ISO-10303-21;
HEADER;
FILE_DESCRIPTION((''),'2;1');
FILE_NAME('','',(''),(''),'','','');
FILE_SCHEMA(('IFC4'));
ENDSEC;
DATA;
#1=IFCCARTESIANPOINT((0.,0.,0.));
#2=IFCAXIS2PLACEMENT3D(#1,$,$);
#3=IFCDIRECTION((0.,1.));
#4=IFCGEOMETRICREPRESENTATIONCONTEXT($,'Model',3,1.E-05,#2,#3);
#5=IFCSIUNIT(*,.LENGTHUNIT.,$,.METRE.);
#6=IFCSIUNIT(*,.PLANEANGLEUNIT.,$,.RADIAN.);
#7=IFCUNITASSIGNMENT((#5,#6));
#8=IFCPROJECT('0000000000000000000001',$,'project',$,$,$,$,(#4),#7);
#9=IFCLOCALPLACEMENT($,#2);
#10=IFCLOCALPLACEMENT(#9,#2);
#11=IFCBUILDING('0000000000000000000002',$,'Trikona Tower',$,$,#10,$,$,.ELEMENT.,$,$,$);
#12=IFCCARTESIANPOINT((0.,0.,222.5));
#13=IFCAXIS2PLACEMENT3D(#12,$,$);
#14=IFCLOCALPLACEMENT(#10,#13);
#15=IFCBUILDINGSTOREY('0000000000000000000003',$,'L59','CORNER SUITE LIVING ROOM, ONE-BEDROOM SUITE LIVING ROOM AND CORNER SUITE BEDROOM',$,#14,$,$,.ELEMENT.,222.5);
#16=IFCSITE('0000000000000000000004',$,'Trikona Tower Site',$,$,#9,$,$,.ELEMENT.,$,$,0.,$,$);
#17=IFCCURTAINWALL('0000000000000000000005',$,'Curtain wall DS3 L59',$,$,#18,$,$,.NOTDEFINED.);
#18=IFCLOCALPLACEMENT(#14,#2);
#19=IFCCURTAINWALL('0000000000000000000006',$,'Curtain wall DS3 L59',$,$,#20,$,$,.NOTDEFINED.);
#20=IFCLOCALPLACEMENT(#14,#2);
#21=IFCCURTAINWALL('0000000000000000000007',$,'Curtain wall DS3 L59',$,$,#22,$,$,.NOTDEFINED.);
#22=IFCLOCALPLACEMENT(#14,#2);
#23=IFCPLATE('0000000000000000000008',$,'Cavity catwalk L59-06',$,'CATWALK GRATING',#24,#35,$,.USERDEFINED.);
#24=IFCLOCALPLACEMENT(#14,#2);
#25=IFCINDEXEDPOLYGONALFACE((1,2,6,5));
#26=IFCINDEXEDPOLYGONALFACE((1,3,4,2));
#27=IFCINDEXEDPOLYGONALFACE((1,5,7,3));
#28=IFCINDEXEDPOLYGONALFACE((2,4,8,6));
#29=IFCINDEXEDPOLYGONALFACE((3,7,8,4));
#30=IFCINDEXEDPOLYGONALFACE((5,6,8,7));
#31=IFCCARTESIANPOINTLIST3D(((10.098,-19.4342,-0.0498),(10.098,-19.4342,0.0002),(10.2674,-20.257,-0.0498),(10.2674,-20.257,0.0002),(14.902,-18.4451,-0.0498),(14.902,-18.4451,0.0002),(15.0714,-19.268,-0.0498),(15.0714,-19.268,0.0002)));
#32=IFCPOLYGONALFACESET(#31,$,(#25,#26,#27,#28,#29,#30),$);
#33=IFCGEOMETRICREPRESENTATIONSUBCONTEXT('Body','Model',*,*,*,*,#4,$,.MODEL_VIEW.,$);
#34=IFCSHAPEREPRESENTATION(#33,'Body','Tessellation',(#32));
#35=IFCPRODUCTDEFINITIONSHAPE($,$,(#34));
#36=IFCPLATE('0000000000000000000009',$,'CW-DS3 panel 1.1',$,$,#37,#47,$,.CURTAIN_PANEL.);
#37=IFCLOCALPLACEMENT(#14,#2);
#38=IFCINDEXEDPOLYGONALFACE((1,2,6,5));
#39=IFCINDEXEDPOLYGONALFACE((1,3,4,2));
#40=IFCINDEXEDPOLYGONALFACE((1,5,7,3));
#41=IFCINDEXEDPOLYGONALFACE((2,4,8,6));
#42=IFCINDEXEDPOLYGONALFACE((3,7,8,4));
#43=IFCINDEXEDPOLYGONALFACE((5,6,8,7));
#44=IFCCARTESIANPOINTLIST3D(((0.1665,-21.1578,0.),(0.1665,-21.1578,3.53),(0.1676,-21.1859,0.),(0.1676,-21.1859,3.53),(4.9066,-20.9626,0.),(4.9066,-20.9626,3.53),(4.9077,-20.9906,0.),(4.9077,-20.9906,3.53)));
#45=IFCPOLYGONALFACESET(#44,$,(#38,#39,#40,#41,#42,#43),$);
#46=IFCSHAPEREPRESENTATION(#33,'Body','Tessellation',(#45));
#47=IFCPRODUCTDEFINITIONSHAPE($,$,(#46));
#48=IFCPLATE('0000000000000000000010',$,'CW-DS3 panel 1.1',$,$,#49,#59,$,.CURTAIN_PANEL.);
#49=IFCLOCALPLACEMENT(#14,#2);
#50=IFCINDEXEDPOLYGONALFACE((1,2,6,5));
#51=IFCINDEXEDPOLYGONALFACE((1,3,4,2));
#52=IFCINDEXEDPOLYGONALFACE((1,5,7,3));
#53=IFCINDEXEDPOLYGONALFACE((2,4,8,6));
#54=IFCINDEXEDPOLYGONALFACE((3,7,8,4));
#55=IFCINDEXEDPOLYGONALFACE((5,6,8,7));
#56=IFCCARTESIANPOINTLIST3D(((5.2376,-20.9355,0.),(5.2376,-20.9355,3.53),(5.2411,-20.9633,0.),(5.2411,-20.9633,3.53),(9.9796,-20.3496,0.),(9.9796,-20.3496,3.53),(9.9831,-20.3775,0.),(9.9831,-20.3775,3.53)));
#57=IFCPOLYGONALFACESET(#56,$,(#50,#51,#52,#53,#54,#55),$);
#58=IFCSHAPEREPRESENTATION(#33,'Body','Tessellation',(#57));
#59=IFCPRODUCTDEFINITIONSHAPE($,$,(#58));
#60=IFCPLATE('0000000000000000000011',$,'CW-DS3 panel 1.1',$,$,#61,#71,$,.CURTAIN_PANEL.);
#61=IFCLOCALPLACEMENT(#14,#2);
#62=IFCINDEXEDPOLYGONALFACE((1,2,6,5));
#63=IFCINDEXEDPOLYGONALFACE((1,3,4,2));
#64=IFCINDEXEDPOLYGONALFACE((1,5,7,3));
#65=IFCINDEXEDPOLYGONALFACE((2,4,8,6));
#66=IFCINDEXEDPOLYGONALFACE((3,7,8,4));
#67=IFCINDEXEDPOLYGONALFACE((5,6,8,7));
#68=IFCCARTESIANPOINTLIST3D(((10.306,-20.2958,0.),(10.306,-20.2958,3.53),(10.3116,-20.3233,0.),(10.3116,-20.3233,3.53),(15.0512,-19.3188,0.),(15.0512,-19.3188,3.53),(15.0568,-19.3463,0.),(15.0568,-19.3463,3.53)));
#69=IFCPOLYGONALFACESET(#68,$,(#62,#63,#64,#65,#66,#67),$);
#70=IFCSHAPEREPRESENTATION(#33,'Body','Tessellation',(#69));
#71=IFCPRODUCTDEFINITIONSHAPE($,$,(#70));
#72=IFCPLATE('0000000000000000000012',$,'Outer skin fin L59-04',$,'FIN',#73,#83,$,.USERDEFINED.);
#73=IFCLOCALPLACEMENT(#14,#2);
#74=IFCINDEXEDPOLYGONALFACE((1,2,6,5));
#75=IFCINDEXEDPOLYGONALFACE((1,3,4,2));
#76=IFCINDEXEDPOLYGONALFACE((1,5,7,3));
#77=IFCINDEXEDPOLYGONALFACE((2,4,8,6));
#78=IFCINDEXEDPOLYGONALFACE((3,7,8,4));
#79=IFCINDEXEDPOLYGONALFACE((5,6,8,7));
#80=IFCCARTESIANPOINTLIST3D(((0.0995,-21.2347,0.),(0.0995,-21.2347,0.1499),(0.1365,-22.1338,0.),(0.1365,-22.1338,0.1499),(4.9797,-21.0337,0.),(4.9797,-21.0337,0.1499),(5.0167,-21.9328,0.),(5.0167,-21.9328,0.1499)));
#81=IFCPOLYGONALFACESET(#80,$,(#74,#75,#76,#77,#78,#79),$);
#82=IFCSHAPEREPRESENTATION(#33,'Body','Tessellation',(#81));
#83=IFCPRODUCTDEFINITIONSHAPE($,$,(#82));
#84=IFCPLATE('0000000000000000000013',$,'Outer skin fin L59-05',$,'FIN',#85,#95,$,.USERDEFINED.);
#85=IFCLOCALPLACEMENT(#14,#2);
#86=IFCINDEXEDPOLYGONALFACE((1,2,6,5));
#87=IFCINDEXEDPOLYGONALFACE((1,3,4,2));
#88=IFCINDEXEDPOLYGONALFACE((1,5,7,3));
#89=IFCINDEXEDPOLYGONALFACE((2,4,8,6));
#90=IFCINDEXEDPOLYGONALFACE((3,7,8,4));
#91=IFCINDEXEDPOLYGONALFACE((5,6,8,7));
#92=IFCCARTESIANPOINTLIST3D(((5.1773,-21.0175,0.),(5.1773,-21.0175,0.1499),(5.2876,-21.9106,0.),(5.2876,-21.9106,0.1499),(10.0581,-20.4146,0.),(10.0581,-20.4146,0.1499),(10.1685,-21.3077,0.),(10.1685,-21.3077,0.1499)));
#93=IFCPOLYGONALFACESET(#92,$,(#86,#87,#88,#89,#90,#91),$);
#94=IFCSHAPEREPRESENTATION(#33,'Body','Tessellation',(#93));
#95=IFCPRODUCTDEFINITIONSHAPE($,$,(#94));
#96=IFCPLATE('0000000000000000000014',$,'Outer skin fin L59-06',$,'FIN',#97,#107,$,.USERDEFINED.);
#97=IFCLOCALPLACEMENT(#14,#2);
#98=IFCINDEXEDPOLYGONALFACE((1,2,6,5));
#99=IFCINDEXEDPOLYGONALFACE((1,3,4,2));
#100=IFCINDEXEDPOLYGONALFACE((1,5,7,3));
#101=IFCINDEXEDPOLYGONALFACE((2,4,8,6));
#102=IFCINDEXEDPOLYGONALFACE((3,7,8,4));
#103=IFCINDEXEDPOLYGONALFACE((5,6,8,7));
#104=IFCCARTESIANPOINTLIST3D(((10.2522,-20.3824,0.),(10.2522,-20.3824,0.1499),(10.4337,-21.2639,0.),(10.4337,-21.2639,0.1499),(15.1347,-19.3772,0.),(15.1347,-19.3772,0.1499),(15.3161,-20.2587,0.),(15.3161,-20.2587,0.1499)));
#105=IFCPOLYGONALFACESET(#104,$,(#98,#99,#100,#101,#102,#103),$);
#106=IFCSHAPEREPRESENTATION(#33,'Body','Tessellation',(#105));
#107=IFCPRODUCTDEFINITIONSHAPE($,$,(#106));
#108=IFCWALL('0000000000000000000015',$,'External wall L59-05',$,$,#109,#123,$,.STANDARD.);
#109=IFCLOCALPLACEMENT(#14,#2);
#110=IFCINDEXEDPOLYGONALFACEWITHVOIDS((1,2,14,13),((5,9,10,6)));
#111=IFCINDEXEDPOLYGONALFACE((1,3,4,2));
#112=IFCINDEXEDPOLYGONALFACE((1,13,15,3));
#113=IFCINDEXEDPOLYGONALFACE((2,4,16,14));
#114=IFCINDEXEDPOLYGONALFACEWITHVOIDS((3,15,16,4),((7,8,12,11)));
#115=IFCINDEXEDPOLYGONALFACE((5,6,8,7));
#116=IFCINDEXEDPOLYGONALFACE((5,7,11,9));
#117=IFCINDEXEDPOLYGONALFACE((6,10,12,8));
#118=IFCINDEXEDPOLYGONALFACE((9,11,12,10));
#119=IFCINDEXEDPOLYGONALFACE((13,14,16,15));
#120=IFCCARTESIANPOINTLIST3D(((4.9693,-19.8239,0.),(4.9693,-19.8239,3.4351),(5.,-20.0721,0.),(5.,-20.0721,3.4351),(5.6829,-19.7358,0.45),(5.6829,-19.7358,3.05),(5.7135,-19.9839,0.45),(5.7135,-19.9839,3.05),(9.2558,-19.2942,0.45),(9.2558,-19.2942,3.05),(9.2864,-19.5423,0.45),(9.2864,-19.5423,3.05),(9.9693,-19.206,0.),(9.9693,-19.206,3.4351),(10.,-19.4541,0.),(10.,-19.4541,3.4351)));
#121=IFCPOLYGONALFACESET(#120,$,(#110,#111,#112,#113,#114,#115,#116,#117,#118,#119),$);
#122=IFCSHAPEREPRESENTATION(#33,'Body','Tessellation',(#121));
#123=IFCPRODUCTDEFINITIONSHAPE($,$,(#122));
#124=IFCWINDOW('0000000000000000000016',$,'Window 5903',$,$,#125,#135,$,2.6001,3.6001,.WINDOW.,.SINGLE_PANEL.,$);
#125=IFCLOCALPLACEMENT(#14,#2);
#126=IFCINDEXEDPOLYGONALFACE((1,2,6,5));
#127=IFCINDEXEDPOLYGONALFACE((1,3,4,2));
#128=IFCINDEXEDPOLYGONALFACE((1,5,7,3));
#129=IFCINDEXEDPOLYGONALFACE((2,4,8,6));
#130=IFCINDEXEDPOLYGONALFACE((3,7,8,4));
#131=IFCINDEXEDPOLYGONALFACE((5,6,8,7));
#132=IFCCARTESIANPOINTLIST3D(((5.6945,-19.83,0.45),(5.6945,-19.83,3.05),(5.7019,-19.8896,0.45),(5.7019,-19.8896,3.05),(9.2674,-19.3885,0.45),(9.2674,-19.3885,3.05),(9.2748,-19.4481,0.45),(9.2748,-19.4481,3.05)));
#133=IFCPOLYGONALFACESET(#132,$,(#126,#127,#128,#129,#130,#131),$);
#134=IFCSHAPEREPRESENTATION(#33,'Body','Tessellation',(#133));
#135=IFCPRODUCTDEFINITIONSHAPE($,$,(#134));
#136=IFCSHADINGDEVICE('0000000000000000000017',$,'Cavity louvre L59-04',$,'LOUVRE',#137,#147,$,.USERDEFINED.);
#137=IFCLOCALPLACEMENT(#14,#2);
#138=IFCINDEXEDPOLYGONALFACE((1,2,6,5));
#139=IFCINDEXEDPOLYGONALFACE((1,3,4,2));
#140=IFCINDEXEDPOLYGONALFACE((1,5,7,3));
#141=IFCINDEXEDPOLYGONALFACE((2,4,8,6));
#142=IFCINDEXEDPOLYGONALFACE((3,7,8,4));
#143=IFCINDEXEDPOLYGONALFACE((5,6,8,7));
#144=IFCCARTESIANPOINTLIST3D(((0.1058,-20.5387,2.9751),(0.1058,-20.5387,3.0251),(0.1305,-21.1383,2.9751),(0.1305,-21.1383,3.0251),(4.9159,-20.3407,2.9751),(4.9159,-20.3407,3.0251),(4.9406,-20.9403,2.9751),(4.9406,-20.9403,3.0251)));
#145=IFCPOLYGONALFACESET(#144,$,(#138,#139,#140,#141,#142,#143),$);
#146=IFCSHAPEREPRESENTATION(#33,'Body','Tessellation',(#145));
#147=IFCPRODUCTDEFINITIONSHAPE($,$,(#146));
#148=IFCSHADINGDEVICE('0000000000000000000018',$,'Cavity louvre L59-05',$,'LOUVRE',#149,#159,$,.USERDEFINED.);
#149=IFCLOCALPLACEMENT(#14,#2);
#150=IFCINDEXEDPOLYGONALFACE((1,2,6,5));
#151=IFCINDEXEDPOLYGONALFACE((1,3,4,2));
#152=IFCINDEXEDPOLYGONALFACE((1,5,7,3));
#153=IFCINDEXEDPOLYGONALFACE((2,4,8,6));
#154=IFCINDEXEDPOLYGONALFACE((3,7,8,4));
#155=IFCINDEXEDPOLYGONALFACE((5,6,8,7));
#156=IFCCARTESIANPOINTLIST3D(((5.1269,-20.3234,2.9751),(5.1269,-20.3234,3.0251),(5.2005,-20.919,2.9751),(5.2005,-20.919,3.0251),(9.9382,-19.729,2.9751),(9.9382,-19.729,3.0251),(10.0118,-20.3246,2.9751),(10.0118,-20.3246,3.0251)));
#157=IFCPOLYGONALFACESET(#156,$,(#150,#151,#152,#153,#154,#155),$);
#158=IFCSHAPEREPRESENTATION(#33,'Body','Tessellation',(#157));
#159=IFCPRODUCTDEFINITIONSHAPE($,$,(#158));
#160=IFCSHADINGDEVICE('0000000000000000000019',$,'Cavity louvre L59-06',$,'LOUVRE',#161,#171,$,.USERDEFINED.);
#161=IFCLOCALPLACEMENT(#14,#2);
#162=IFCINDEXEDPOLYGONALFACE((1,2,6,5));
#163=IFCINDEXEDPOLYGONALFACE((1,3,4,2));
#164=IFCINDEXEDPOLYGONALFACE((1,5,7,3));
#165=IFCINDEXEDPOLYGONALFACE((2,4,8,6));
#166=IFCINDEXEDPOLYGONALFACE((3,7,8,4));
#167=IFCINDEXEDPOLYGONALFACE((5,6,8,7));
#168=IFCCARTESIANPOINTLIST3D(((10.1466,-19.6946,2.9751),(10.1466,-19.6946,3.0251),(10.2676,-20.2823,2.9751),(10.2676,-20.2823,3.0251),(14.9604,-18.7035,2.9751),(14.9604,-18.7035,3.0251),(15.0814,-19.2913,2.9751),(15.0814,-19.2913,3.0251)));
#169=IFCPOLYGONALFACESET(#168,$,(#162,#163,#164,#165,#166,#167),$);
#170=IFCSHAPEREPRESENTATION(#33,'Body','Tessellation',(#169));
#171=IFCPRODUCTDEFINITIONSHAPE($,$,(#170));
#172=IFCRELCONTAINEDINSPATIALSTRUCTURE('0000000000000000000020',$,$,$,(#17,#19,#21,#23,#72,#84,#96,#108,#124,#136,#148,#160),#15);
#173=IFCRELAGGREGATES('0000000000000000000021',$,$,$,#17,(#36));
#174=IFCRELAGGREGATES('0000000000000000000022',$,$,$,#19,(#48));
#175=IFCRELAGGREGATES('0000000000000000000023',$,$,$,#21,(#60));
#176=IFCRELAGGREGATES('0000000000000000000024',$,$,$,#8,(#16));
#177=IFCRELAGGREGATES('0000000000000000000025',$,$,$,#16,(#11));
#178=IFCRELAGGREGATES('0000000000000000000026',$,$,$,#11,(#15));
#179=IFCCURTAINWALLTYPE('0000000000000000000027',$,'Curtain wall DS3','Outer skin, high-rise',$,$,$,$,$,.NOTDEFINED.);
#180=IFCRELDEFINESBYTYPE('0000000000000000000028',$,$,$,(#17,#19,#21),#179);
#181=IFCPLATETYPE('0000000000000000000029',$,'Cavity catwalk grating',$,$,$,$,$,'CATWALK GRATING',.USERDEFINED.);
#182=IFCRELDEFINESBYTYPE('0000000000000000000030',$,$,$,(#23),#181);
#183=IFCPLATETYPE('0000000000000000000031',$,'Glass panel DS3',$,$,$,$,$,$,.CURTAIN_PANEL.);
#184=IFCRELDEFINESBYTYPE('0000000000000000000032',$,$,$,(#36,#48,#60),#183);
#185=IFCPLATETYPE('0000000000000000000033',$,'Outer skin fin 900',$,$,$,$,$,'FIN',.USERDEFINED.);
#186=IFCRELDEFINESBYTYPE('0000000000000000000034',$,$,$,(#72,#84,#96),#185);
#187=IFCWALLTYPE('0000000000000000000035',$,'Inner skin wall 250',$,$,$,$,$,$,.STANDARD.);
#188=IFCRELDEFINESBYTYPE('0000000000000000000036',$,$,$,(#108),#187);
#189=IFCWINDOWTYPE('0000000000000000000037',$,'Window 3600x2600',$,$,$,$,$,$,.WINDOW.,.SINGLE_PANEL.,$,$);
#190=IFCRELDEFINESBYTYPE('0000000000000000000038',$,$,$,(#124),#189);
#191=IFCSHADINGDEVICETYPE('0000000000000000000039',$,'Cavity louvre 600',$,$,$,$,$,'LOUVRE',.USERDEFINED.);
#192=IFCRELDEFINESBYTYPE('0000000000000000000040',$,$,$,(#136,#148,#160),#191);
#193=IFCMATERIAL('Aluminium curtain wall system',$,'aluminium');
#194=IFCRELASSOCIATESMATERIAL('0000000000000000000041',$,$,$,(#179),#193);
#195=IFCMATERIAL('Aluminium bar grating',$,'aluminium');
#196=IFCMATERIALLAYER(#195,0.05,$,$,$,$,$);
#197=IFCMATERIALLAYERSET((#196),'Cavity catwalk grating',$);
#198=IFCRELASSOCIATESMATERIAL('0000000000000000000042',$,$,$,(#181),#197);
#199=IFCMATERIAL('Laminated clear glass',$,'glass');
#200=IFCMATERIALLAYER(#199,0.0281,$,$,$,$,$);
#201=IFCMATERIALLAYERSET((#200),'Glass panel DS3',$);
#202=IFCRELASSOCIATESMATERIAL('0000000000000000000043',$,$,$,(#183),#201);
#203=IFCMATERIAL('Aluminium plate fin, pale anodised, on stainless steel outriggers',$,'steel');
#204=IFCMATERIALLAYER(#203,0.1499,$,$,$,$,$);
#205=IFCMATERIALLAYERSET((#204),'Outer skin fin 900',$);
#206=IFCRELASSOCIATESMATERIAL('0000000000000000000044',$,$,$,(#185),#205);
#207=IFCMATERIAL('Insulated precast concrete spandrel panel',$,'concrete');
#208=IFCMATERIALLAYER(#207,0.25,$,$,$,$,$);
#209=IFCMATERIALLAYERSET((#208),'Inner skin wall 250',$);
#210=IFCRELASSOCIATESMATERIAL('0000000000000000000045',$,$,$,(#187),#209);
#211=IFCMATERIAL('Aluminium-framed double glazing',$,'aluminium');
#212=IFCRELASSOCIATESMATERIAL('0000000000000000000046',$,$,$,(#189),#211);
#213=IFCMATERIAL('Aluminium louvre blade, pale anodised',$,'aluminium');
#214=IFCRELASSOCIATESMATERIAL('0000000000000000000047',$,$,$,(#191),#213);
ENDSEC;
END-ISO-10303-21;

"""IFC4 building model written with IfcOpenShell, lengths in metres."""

from ifc_helpers import new_model, si_unit, direction, frame, frame_2d, origin, origin_2d, place, context, subcontext, project, spatial, rectangle, extrude, material, layer, layer_set, type_object, element, fill, aggregate, save


model = new_model("IFC4")

# Units and contexts
model_context = context("Model", 3, precision=1e-05, world=origin(), true_north=direction((0.0, 1.0)))
body_context = subcontext(model_context, "Body", "Model", "MODEL_VIEW")
ifc_project = project(units=[si_unit("LENGTHUNIT", "METRE"), si_unit("PLANEANGLEUNIT", "RADIAN")], contexts=[model_context])

# Site, building, storey
site_placement = place(None, origin())
site = spatial("IfcSite", under=ifc_project, at=site_placement, Name="Trikona Tower Site", CompositionType="ELEMENT", RefElevation=0.0)
building_placement = place(site_placement, origin())
building = spatial("IfcBuilding", under=site, at=building_placement, Name="Trikona Tower", CompositionType="ELEMENT")
storey_placement = place(building_placement, frame((0.0, 0.0, 222.5)))
storey = spatial("IfcBuildingStorey", under=building, at=storey_placement, Name="L59", Description="CORNER SUITE LIVING ROOM, ONE-BEDROOM SUITE LIVING ROOM AND CORNER SUITE BEDROOM", CompositionType="ELEMENT", Elevation=222.5)

# Curtain walls
ifc_material_1 = material(Name="Aluminium curtain wall system", Category="aluminium")
curtain_wall_type = type_object("IfcCurtainWallType", Name="Curtain wall DS3", Description="Outer skin, high-rise", PredefinedType="NOTDEFINED", material=ifc_material_1)
curtain_wall_1_placement = place(storey_placement, origin())
curtain_wall_1 = element("IfcCurtainWall", 1, at=curtain_wall_1_placement, inside=storey, type_object=curtain_wall_type, Name="Curtain wall DS3 L59", PredefinedType="NOTDEFINED")
curtain_wall_2_placement = place(storey_placement, origin())
curtain_wall_2 = element("IfcCurtainWall", 2, at=curtain_wall_2_placement, inside=storey, type_object=curtain_wall_type, Name="Curtain wall DS3 L59", PredefinedType="NOTDEFINED")

# Curtain wall
curtain_wall_3_placement = place(storey_placement, origin())
curtain_wall_3 = element("IfcCurtainWall", 3, at=curtain_wall_3_placement, inside=storey, type_object=curtain_wall_type, Name="Curtain wall DS3 L59", PredefinedType="NOTDEFINED")

# Plate
ifc_material_2 = material(Name="Aluminium bar grating", Category="aluminium")
ifc_layer_1 = layer(ifc_material_2, 0.05)
ifc_layer_set_1 = layer_set([ifc_layer_1], Name="Cavity catwalk grating")
plate_type_1 = type_object("IfcPlateType", Name="Cavity catwalk grating", ElementType="CATWALK GRATING", PredefinedType="USERDEFINED", material=ifc_layer_set_1)
plate_1_placement = place(storey_placement, frame((12.5847, -19.3511, -0.0498), z_axis=(0.0, 0.0, 1.0), x_axis=(0.979458, 0.201651, 0.0)))
element("IfcPlate", 4, at=plate_1_placement, inside=storey, type_object=plate_type_1, Name="Cavity catwalk L59-06", ObjectType="CATWALK GRATING", PredefinedType="USERDEFINED", context=body_context, shape_type="SweptSolid", body=[
    extrude(rectangle(XDim=4.9048, YDim=0.8401, at=origin_2d()), origin(), (0.0, 0.0, 1.0), 0.05),
])

# Plates
ifc_material_3 = material(Name="Laminated clear glass", Category="glass")
ifc_layer_2 = layer(ifc_material_3, 0.0281)
ifc_layer_set_2 = layer_set([ifc_layer_2], Name="Glass panel DS3")
plate_type_2 = type_object("IfcPlateType", Name="Glass panel DS3", PredefinedType="CURTAIN_PANEL", material=ifc_layer_set_2)
plate_2_placement = place(storey_placement, frame((2.5371, -21.0742, 0.0), z_axis=(0.0, 0.0, 1.0), x_axis=(0.999153, 0.041153, 0.0)))
plate_2 = element("IfcPlate", 5, at=plate_2_placement, type_object=plate_type_2, Name="CW-DS3 panel 1.1", PredefinedType="CURTAIN_PANEL", context=body_context, shape_type="SweptSolid", body=[
    extrude(rectangle(XDim=4.7441, YDim=0.0281, at=origin_2d()), origin(), (0.0, 0.0, 1.0), 3.53),
])
aggregate(curtain_wall_1, [plate_2])
plate_3_placement = place(storey_placement, frame((7.6104, -20.6565, 0.0), z_axis=(0.0, 0.0, 1.0), x_axis=(0.992455, 0.122611, 0.0)))
plate_3 = element("IfcPlate", 6, at=plate_3_placement, type_object=plate_type_2, Name="CW-DS3 panel 1.1", PredefinedType="CURTAIN_PANEL", context=body_context, shape_type="SweptSolid", body=[
    extrude(rectangle(XDim=4.7781, YDim=0.0281, at=origin_2d()), origin(), (0.0, 0.0, 1.0), 3.53),
])
aggregate(curtain_wall_2, [plate_3])
plate_4_placement = place(storey_placement, frame((12.6814, -19.821, 0.0), z_axis=(0.0, 0.0, 1.0), x_axis=(0.979457, 0.201653, 0.0)))
plate_4 = element("IfcPlate", 7, at=plate_4_placement, type_object=plate_type_2, Name="CW-DS3 panel 1.1", PredefinedType="CURTAIN_PANEL", context=body_context, shape_type="SweptSolid", body=[
    extrude(rectangle(XDim=4.8447, YDim=0.0281, at=origin_2d()), origin(), (0.0, 0.0, 1.0), 3.53),
])
aggregate(curtain_wall_3, [plate_4])

# Plates
ifc_material_4 = material(Name="Aluminium plate fin, pale anodised, on stainless steel outriggers", Category="steel")
ifc_layer_3 = layer(ifc_material_4, 0.1499)
ifc_layer_set_3 = layer_set([ifc_layer_3], Name="Outer skin fin 900")
plate_type_3 = type_object("IfcPlateType", Name="Outer skin fin 900", ElementType="FIN", PredefinedType="USERDEFINED", material=ifc_layer_set_3)
plate_5_placement = place(storey_placement, frame((2.5581, -21.5837, 0.0), z_axis=(0.0, 0.0, 1.0), x_axis=(0.999153, 0.041145, 0.0)))
element("IfcPlate", 8, at=plate_5_placement, inside=storey, type_object=plate_type_3, Name="Outer skin fin L59-04", ObjectType="FIN", PredefinedType="USERDEFINED", context=body_context, shape_type="SweptSolid", body=[
    extrude(rectangle(XDim=4.8843, YDim=0.8999, at=origin_2d()), origin(), (0.0, 0.0, 1.0), 0.1499),
])
plate_6_placement = place(storey_placement, frame((7.6729, -21.1626, 0.0), z_axis=(0.0, 0.0, 1.0), x_axis=(0.992455, 0.122607, 0.0)))
element("IfcPlate", 9, at=plate_6_placement, inside=storey, type_object=plate_type_3, Name="Outer skin fin L59-05", ObjectType="FIN", PredefinedType="USERDEFINED", context=body_context, shape_type="SweptSolid", body=[
    extrude(rectangle(XDim=4.918, YDim=0.8999, at=origin_2d()), origin(), (0.0, 0.0, 1.0), 0.1499),
])
plate_7_placement = place(storey_placement, frame((12.7842, -20.3206, 0.0), z_axis=(0.0, 0.0, 1.0), x_axis=(0.979458, 0.201651, 0.0)))
element("IfcPlate", 10, at=plate_7_placement, inside=storey, type_object=plate_type_3, Name="Outer skin fin L59-06", ObjectType="FIN", PredefinedType="USERDEFINED", context=body_context, shape_type="SweptSolid", body=[
    extrude(rectangle(XDim=4.9849, YDim=0.8999, at=origin_2d()), origin(), (0.0, 0.0, 1.0), 0.1499),
])

# Wall, opening, window
ifc_material_5 = material(Name="Insulated precast concrete spandrel panel", Category="concrete")
ifc_layer_4 = layer(ifc_material_5, 0.25)
ifc_layer_set_4 = layer_set([ifc_layer_4], Name="Inner skin wall 250")
wall_type = type_object("IfcWallType", Name="Inner skin wall 250", PredefinedType="STANDARD", material=ifc_layer_set_4)
wall_placement = place(storey_placement, frame((4.9846, -19.948, 0.0), z_axis=(0.0, 0.0, 1.0), x_axis=(0.99245, 0.122651, 0.0)))
wall = element("IfcWall", 11, at=wall_placement, inside=storey, type_object=wall_type, Name="External wall L59-05", PredefinedType="STANDARD", context=body_context, shape_type="SweptSolid", body=[
    extrude(rectangle(XDim=5.0381, YDim=0.25, at=frame_2d((2.519, 0.0))), origin(), (0.0, 0.0, 1.0), 3.4351),
])
opening_placement = place(wall_placement, frame((0.719, 0.0, 0.45)))
opening = element("IfcOpeningElement", 12, at=opening_placement, cuts=wall, PredefinedType="OPENING", context=body_context, shape_type="SweptSolid", body=[
    extrude(rectangle(XDim=3.6001, YDim=2.6001, at=frame_2d((1.8, 1.3))), frame((0.0, 0.135, 0.0), z_axis=(0.0, -1.0, 0.0), x_axis=(1.0, 0.0, 0.0)), (0.0, 0.0, 1.0), 0.27),
])
ifc_material_6 = material(Name="Aluminium-framed double glazing", Category="aluminium")
window_type = type_object("IfcWindowType", Name="Window 3600x2600", PartitioningType="SINGLE_PANEL", PredefinedType="WINDOW", material=ifc_material_6)
window_placement = place(opening_placement, origin())
window = element("IfcWindow", 13, at=window_placement, inside=storey, type_object=window_type, Name="Window 5903", OverallHeight=2.6001, OverallWidth=3.6001, PartitioningType="SINGLE_PANEL", PredefinedType="WINDOW", context=body_context, shape_type="SweptSolid", body=[
    extrude(rectangle(XDim=3.6001, YDim=2.6001, at=frame_2d((1.8, 1.3))), frame((0.0, 0.03, 0.0), z_axis=(0.0, -1.0, 0.0), x_axis=(1.0, 0.0, 0.0)), (0.0, 0.0, 1.0), 0.0601),
])
fill(opening, window)

# Shading devices
ifc_material_7 = material(Name="Aluminium louvre blade, pale anodised", Category="aluminium")
shading_device_type = type_object("IfcShadingDeviceType", Name="Cavity louvre 600", ElementType="LOUVRE", PredefinedType="USERDEFINED", material=ifc_material_7)
shading_device_1_placement = place(storey_placement, frame((2.5232, -20.7395, 2.9751), z_axis=(0.0, 0.0, 1.0), x_axis=(0.999153, 0.041145, 0.0)))
element("IfcShadingDevice", 14, at=shading_device_1_placement, inside=storey, type_object=shading_device_type, Name="Cavity louvre L59-04", ObjectType="LOUVRE", PredefinedType="USERDEFINED", context=body_context, shape_type="SweptSolid", body=[
    extrude(rectangle(XDim=4.8142, YDim=0.6001, at=origin_2d()), origin(), (0.0, 0.0, 1.0), 0.05),
])
shading_device_2_placement = place(storey_placement, frame((7.5693, -20.324, 2.9751), z_axis=(0.0, 0.0, 1.0), x_axis=(0.992455, 0.122607, 0.0)))
element("IfcShadingDevice", 15, at=shading_device_2_placement, inside=storey, type_object=shading_device_type, Name="Cavity louvre L59-05", ObjectType="LOUVRE", PredefinedType="USERDEFINED", context=body_context, shape_type="SweptSolid", body=[
    extrude(rectangle(XDim=4.8479, YDim=0.6001, at=origin_2d()), origin(), (0.0, 0.0, 1.0), 0.05),
])
shading_device_3_placement = place(storey_placement, frame((12.614, -19.4929, 2.9751), z_axis=(0.0, 0.0, 1.0), x_axis=(0.979458, 0.201651, 0.0)))
element("IfcShadingDevice", 16, at=shading_device_3_placement, inside=storey, type_object=shading_device_type, Name="Cavity louvre L59-06", ObjectType="LOUVRE", PredefinedType="USERDEFINED", context=body_context, shape_type="SweptSolid", body=[
    extrude(rectangle(XDim=4.9148, YDim=0.6001, at=origin_2d()), origin(), (0.0, 0.0, 1.0), 0.05),
])

save(model, "model.ifc")
